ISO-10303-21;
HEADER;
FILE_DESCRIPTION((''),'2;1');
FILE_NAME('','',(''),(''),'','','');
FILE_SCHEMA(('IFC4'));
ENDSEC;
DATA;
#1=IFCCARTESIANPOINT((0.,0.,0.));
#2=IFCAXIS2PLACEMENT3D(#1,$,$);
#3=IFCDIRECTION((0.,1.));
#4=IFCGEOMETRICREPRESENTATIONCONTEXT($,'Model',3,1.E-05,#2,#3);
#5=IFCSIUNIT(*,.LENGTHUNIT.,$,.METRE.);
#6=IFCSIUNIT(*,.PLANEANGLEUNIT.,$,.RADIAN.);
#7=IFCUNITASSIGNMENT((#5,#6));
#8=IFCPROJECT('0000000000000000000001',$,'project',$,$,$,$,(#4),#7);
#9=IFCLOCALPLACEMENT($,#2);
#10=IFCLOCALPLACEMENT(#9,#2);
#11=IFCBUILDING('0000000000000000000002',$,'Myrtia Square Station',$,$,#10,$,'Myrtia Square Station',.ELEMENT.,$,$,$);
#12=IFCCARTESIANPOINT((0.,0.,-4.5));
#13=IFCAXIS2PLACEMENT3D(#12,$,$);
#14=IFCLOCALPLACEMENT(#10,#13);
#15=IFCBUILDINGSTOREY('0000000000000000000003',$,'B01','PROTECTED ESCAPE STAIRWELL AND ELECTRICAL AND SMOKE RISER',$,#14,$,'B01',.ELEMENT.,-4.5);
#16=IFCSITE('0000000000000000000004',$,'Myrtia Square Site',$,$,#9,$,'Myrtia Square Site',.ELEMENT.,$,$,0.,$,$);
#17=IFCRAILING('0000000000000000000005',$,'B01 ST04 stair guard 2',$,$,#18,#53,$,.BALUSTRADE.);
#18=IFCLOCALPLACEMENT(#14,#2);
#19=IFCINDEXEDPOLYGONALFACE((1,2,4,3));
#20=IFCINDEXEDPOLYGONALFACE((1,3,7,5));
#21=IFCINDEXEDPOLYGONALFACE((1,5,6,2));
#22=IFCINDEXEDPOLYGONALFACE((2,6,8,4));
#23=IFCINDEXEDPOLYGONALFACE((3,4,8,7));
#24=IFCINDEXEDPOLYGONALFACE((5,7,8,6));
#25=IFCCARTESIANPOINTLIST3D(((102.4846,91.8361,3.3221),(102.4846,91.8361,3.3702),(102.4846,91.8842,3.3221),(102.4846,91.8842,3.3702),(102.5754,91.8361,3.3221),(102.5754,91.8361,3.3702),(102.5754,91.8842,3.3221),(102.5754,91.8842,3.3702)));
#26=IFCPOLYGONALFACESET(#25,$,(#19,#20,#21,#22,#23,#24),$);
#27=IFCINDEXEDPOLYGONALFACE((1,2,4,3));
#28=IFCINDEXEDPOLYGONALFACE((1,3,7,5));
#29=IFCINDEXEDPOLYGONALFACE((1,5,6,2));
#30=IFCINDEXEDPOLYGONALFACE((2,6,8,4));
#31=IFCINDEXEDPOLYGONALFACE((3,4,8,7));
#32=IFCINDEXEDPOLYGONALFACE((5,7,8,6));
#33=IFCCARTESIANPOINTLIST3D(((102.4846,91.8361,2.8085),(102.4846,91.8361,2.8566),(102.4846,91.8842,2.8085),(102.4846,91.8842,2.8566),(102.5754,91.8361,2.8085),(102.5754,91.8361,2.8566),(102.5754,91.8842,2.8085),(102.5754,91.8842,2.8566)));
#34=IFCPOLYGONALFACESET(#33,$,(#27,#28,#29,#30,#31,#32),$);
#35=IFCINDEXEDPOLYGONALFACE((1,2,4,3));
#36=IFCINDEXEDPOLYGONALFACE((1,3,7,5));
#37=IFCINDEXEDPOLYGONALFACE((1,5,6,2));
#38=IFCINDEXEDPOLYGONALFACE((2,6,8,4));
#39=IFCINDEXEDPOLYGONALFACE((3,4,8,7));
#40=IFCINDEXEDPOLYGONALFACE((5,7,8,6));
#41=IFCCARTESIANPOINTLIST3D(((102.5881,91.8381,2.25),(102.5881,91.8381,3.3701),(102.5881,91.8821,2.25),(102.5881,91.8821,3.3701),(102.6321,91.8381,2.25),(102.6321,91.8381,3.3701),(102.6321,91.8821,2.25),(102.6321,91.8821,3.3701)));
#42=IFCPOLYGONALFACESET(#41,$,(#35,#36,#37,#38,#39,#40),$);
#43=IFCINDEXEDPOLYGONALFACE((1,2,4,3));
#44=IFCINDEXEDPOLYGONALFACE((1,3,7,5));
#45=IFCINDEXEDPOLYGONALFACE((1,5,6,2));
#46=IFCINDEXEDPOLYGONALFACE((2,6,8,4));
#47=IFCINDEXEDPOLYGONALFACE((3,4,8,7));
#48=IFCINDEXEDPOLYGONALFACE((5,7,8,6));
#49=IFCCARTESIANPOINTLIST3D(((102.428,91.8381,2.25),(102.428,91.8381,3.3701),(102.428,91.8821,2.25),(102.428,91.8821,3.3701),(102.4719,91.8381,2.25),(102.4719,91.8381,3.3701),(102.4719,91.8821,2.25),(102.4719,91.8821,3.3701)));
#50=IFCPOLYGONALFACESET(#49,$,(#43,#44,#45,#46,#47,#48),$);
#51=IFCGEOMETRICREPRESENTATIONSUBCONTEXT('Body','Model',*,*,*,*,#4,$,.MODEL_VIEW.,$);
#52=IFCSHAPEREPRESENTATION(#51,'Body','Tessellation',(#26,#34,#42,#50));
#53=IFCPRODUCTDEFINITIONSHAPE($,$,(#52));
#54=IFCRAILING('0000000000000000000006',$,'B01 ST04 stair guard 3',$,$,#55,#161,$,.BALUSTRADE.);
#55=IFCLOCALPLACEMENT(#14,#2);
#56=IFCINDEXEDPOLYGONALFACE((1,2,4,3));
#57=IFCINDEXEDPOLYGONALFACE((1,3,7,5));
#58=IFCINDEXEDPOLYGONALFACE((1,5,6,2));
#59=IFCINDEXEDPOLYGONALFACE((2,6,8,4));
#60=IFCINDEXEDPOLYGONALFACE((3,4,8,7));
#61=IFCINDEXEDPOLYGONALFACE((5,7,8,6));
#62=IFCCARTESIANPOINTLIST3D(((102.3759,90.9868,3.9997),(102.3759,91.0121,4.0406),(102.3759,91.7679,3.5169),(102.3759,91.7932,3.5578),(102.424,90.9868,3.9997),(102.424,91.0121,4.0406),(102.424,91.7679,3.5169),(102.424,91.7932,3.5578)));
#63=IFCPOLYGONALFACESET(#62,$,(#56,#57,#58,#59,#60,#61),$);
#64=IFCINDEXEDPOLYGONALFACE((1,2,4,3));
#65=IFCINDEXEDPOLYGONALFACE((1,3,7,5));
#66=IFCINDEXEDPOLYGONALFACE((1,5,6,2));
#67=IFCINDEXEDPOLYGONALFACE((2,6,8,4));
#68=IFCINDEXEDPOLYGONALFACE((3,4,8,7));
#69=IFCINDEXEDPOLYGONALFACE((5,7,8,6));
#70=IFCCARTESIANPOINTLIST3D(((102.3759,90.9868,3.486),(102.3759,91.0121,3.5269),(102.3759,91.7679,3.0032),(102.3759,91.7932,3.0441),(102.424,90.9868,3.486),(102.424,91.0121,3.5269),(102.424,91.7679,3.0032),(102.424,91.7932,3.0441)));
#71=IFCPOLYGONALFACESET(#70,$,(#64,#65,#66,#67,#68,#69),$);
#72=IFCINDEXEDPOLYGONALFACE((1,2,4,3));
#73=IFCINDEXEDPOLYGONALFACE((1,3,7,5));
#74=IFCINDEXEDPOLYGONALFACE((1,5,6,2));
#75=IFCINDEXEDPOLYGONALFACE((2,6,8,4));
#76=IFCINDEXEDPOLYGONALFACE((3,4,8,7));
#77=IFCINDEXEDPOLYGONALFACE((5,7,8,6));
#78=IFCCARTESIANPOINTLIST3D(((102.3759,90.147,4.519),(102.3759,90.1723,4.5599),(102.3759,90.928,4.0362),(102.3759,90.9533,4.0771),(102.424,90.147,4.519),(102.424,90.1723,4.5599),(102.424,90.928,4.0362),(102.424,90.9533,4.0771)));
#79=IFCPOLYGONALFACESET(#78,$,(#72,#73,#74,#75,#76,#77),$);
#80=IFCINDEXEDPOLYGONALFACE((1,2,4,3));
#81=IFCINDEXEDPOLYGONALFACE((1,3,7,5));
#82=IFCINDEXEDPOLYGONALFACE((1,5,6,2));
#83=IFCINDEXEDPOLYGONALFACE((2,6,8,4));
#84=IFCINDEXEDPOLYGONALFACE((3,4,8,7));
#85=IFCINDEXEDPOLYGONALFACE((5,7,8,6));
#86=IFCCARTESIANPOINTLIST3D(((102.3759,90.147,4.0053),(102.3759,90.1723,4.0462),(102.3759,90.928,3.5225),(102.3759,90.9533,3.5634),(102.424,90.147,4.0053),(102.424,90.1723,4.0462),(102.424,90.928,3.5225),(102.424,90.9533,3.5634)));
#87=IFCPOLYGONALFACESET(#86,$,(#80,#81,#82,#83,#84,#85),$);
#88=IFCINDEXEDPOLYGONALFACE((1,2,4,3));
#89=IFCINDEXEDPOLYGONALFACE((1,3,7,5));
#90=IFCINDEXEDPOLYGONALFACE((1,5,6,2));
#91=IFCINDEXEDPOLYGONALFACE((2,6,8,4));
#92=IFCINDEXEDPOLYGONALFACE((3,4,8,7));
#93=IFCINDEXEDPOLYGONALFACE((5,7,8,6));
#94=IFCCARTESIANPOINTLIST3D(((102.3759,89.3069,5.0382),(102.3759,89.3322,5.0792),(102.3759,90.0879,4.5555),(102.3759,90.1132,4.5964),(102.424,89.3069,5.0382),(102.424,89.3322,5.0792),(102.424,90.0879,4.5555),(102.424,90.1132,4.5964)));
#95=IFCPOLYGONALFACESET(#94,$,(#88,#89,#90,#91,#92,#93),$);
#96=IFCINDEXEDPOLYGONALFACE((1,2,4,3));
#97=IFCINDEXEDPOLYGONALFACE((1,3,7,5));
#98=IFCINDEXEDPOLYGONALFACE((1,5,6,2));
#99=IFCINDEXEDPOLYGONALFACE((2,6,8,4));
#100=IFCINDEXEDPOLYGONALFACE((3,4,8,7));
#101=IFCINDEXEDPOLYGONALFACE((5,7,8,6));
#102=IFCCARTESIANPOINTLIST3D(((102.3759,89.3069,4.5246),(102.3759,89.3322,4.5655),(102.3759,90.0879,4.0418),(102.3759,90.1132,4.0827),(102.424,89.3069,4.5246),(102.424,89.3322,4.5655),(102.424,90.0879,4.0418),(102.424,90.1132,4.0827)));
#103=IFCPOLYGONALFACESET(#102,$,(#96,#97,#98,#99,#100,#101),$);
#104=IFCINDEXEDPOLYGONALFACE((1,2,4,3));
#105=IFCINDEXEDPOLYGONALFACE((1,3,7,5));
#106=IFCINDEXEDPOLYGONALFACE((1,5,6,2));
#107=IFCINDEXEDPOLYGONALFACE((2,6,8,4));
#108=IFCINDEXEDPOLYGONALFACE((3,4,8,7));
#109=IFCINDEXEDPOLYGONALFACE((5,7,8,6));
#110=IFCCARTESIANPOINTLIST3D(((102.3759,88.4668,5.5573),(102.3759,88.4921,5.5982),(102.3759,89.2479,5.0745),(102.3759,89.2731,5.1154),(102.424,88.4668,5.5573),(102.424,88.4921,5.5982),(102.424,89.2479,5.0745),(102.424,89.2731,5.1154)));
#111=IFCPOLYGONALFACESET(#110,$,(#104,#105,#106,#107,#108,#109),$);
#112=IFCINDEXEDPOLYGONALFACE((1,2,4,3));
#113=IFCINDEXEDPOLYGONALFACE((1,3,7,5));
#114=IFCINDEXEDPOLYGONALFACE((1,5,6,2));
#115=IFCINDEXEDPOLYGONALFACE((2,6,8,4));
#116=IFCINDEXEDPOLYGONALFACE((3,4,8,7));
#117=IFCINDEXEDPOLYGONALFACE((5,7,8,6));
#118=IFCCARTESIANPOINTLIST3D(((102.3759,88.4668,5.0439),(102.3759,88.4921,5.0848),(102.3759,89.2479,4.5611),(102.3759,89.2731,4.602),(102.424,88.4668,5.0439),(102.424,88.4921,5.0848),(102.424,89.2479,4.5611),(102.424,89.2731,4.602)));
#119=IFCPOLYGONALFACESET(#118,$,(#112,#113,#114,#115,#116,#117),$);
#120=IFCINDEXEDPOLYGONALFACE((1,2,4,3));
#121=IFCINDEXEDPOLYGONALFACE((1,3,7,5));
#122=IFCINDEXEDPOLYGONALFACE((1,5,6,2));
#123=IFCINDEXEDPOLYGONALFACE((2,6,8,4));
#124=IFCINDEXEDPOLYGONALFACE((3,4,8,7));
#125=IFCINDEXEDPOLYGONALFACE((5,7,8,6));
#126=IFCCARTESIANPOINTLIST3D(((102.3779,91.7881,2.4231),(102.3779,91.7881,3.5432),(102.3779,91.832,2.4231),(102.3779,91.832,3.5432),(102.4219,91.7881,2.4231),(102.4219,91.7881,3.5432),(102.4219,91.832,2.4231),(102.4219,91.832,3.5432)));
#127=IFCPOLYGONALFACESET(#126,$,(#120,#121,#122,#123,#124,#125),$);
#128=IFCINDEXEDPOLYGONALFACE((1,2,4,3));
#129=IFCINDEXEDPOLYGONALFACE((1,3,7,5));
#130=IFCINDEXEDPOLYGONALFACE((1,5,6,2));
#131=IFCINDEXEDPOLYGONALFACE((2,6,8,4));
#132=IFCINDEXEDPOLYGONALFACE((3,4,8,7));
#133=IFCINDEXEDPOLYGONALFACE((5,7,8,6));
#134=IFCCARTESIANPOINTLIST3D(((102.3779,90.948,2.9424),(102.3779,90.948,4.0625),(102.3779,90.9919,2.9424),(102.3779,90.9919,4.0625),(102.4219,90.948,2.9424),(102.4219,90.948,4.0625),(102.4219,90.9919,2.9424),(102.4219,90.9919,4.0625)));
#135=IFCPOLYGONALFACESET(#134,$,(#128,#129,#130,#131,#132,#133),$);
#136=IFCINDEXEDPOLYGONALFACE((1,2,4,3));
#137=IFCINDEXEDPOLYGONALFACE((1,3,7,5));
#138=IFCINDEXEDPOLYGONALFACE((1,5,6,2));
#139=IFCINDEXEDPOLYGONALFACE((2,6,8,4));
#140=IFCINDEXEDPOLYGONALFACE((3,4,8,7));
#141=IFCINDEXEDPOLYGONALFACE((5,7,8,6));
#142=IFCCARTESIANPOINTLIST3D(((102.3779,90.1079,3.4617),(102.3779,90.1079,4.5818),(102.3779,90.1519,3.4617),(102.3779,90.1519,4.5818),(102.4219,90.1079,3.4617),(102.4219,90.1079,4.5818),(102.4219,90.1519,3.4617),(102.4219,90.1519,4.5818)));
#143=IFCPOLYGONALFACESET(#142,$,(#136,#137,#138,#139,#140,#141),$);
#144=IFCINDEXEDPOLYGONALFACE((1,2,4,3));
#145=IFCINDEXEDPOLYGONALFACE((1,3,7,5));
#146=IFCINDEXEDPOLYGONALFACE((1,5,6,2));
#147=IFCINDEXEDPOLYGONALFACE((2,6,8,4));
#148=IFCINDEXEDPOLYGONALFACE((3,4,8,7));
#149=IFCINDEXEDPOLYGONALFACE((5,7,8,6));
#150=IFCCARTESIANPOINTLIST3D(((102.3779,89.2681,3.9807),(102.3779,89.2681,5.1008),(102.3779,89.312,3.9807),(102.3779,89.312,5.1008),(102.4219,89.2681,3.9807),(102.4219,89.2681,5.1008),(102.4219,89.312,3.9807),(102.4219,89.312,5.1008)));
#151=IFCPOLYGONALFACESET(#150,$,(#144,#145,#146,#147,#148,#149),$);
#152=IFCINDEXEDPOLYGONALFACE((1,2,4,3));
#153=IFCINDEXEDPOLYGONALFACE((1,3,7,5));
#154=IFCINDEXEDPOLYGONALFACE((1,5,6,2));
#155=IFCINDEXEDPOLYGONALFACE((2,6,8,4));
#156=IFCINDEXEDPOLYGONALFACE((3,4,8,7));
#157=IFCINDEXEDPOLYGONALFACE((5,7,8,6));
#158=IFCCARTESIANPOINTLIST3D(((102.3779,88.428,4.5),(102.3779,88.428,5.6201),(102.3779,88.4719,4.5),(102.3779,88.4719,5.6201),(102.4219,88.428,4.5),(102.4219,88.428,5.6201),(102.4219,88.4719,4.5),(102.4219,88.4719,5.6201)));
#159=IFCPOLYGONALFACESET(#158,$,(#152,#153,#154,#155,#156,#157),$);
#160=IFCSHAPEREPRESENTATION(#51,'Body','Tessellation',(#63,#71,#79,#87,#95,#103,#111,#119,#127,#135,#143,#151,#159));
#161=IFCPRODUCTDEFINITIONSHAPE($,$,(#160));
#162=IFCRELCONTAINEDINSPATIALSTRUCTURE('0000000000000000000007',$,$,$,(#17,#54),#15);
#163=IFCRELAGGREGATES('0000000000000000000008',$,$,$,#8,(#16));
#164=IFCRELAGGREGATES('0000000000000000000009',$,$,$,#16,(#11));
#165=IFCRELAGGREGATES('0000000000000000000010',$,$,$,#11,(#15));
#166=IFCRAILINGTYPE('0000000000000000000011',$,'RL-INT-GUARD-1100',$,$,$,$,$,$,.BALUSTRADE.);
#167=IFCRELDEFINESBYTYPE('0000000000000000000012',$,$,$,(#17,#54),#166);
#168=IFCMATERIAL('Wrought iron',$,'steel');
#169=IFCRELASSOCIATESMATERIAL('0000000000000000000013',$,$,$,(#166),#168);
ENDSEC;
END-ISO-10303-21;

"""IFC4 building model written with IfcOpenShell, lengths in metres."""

from ifc_helpers import new_model, si_unit, direction, frame, origin, origin_2d, place, context, subcontext, project, spatial, rectangle, extrude, material, type_object, element, save


model = new_model("IFC4")

# Units and contexts
model_context = context("Model", 3, precision=1e-05, world=origin(), true_north=direction((0.0, 1.0)))
body_context = subcontext(model_context, "Body", "Model", "MODEL_VIEW")
ifc_project = project(units=[si_unit("LENGTHUNIT", "METRE"), si_unit("PLANEANGLEUNIT", "RADIAN")], contexts=[model_context])

# Site, building, storey
site_placement = place(None, origin())
site = spatial("IfcSite", under=ifc_project, at=site_placement, Name="Myrtia Square Site", LongName="Myrtia Square Site", CompositionType="ELEMENT", RefElevation=0.0)
building_placement = place(site_placement, origin())
building = spatial("IfcBuilding", under=site, at=building_placement, Name="Myrtia Square Station", LongName="Myrtia Square Station", CompositionType="ELEMENT")
storey_placement = place(building_placement, frame((0.0, 0.0, -4.5)))
storey = spatial("IfcBuildingStorey", under=building, at=storey_placement, Name="B01", Description="PROTECTED ESCAPE STAIRWELL AND ELECTRICAL AND SMOKE RISER", LongName="B01", CompositionType="ELEMENT", Elevation=-4.5)

# Railings
ifc_material_1 = material(Name="Wrought iron", Category="steel")
railing_type_1 = type_object("IfcRailingType", Name="RL-INT-GUARD-1100", PredefinedType="BALUSTRADE", material=ifc_material_1)
railing_1_placement = place(storey_placement, frame((102.6101, 91.8601, 2.25)))
element("IfcRailing", 1, at=railing_1_placement, inside=storey, type_object=railing_type_1, Name="B01 ST04 stair guard 2", PredefinedType="BALUSTRADE", context=body_context, shape_type="SweptSolid", body=[
    extrude(rectangle(XDim=0.0481, YDim=0.0481, at=origin_2d()), frame((-0.0347, 0.0, 1.0962), z_axis=(-1.0, 0.0, 0.0), x_axis=(0.0, -1.0, 0.0)), (0.0, 0.0, 1.0), 0.0908),
    extrude(rectangle(XDim=0.0481, YDim=0.0481, at=origin_2d()), frame((-0.0347, 0.0, 0.5825), z_axis=(-1.0, 0.0, 0.0), x_axis=(0.0, -1.0, 0.0)), (0.0, 0.0, 1.0), 0.0908),
    extrude(rectangle(XDim=0.0439, YDim=0.0439, at=origin_2d()), origin(), (0.0, 0.0, 1.0), 1.1201),
    extrude(rectangle(XDim=0.0439, YDim=0.0439, at=origin_2d()), frame((-0.1602, 0.0, 0.0)), (0.0, 0.0, 1.0), 1.1201),
])
railing_2_placement = place(storey_placement, frame((102.3999, 91.8101, 2.4231)))
element("IfcRailing", 2, at=railing_2_placement, inside=storey, type_object=railing_type_1, Name="B01 ST04 stair guard 3", PredefinedType="BALUSTRADE", context=body_context, shape_type="SweptSolid", body=[
    extrude(rectangle(XDim=0.0481, YDim=0.0481, at=origin_2d()), frame((0.0, -0.0295, 1.1143), z_axis=(0.0, -0.850623, 0.525776), x_axis=(1.0, 0.0, 0.0)), (0.0, 0.0, 1.0), 0.9182),
    extrude(rectangle(XDim=0.0481, YDim=0.0481, at=origin_2d()), frame((0.0, -0.0295, 0.6006), z_axis=(0.0, -0.850623, 0.525776), x_axis=(1.0, 0.0, 0.0)), (0.0, 0.0, 1.0), 0.9182),
    extrude(rectangle(XDim=0.0481, YDim=0.0481, at=origin_2d()), frame((0.0, -0.8694, 1.6335), z_axis=(0.0, -0.850623, 0.525776), x_axis=(1.0, 0.0, 0.0)), (0.0, 0.0, 1.0), 0.9182),
    extrude(rectangle(XDim=0.0481, YDim=0.0481, at=origin_2d()), frame((0.0, -0.8694, 1.1199), z_axis=(0.0, -0.850623, 0.525776), x_axis=(1.0, 0.0, 0.0)), (0.0, 0.0, 1.0), 0.9182),
    extrude(rectangle(XDim=0.0481, YDim=0.0481, at=origin_2d()), frame((0.0, -1.7095, 2.1528), z_axis=(0.0, -0.850623, 0.525776), x_axis=(1.0, 0.0, 0.0)), (0.0, 0.0, 1.0), 0.9182),
    extrude(rectangle(XDim=0.0481, YDim=0.0481, at=origin_2d()), frame((0.0, -1.7095, 1.6392), z_axis=(0.0, -0.850623, 0.525776), x_axis=(1.0, 0.0, 0.0)), (0.0, 0.0, 1.0), 0.9182),
    extrude(rectangle(XDim=0.0481, YDim=0.0481, at=origin_2d()), frame((0.0, -2.5496, 2.6719), z_axis=(0.0, -0.850623, 0.525776), x_axis=(1.0, 0.0, 0.0)), (0.0, 0.0, 1.0), 0.9182),
    extrude(rectangle(XDim=0.0481, YDim=0.0481, at=origin_2d()), frame((0.0, -2.5496, 2.1584), z_axis=(0.0, -0.850623, 0.525776), x_axis=(1.0, 0.0, 0.0)), (0.0, 0.0, 1.0), 0.9182),
    extrude(rectangle(XDim=0.0439, YDim=0.0439, at=origin_2d()), origin(), (0.0, 0.0, 1.0), 1.1201),
    extrude(rectangle(XDim=0.0439, YDim=0.0439, at=origin_2d()), frame((0.0, -0.8401, 0.5193)), (0.0, 0.0, 1.0), 1.1201),
    extrude(rectangle(XDim=0.0439, YDim=0.0439, at=origin_2d()), frame((0.0, -1.6802, 1.0386)), (0.0, 0.0, 1.0), 1.1201),
    extrude(rectangle(XDim=0.0439, YDim=0.0439, at=origin_2d()), frame((0.0, -2.52, 1.5576)), (0.0, 0.0, 1.0), 1.1201),
    extrude(rectangle(XDim=0.0439, YDim=0.0439, at=origin_2d()), frame((0.0, -3.3601, 2.0769)), (0.0, 0.0, 1.0), 1.1201),
])

save(model, "model.ifc")
